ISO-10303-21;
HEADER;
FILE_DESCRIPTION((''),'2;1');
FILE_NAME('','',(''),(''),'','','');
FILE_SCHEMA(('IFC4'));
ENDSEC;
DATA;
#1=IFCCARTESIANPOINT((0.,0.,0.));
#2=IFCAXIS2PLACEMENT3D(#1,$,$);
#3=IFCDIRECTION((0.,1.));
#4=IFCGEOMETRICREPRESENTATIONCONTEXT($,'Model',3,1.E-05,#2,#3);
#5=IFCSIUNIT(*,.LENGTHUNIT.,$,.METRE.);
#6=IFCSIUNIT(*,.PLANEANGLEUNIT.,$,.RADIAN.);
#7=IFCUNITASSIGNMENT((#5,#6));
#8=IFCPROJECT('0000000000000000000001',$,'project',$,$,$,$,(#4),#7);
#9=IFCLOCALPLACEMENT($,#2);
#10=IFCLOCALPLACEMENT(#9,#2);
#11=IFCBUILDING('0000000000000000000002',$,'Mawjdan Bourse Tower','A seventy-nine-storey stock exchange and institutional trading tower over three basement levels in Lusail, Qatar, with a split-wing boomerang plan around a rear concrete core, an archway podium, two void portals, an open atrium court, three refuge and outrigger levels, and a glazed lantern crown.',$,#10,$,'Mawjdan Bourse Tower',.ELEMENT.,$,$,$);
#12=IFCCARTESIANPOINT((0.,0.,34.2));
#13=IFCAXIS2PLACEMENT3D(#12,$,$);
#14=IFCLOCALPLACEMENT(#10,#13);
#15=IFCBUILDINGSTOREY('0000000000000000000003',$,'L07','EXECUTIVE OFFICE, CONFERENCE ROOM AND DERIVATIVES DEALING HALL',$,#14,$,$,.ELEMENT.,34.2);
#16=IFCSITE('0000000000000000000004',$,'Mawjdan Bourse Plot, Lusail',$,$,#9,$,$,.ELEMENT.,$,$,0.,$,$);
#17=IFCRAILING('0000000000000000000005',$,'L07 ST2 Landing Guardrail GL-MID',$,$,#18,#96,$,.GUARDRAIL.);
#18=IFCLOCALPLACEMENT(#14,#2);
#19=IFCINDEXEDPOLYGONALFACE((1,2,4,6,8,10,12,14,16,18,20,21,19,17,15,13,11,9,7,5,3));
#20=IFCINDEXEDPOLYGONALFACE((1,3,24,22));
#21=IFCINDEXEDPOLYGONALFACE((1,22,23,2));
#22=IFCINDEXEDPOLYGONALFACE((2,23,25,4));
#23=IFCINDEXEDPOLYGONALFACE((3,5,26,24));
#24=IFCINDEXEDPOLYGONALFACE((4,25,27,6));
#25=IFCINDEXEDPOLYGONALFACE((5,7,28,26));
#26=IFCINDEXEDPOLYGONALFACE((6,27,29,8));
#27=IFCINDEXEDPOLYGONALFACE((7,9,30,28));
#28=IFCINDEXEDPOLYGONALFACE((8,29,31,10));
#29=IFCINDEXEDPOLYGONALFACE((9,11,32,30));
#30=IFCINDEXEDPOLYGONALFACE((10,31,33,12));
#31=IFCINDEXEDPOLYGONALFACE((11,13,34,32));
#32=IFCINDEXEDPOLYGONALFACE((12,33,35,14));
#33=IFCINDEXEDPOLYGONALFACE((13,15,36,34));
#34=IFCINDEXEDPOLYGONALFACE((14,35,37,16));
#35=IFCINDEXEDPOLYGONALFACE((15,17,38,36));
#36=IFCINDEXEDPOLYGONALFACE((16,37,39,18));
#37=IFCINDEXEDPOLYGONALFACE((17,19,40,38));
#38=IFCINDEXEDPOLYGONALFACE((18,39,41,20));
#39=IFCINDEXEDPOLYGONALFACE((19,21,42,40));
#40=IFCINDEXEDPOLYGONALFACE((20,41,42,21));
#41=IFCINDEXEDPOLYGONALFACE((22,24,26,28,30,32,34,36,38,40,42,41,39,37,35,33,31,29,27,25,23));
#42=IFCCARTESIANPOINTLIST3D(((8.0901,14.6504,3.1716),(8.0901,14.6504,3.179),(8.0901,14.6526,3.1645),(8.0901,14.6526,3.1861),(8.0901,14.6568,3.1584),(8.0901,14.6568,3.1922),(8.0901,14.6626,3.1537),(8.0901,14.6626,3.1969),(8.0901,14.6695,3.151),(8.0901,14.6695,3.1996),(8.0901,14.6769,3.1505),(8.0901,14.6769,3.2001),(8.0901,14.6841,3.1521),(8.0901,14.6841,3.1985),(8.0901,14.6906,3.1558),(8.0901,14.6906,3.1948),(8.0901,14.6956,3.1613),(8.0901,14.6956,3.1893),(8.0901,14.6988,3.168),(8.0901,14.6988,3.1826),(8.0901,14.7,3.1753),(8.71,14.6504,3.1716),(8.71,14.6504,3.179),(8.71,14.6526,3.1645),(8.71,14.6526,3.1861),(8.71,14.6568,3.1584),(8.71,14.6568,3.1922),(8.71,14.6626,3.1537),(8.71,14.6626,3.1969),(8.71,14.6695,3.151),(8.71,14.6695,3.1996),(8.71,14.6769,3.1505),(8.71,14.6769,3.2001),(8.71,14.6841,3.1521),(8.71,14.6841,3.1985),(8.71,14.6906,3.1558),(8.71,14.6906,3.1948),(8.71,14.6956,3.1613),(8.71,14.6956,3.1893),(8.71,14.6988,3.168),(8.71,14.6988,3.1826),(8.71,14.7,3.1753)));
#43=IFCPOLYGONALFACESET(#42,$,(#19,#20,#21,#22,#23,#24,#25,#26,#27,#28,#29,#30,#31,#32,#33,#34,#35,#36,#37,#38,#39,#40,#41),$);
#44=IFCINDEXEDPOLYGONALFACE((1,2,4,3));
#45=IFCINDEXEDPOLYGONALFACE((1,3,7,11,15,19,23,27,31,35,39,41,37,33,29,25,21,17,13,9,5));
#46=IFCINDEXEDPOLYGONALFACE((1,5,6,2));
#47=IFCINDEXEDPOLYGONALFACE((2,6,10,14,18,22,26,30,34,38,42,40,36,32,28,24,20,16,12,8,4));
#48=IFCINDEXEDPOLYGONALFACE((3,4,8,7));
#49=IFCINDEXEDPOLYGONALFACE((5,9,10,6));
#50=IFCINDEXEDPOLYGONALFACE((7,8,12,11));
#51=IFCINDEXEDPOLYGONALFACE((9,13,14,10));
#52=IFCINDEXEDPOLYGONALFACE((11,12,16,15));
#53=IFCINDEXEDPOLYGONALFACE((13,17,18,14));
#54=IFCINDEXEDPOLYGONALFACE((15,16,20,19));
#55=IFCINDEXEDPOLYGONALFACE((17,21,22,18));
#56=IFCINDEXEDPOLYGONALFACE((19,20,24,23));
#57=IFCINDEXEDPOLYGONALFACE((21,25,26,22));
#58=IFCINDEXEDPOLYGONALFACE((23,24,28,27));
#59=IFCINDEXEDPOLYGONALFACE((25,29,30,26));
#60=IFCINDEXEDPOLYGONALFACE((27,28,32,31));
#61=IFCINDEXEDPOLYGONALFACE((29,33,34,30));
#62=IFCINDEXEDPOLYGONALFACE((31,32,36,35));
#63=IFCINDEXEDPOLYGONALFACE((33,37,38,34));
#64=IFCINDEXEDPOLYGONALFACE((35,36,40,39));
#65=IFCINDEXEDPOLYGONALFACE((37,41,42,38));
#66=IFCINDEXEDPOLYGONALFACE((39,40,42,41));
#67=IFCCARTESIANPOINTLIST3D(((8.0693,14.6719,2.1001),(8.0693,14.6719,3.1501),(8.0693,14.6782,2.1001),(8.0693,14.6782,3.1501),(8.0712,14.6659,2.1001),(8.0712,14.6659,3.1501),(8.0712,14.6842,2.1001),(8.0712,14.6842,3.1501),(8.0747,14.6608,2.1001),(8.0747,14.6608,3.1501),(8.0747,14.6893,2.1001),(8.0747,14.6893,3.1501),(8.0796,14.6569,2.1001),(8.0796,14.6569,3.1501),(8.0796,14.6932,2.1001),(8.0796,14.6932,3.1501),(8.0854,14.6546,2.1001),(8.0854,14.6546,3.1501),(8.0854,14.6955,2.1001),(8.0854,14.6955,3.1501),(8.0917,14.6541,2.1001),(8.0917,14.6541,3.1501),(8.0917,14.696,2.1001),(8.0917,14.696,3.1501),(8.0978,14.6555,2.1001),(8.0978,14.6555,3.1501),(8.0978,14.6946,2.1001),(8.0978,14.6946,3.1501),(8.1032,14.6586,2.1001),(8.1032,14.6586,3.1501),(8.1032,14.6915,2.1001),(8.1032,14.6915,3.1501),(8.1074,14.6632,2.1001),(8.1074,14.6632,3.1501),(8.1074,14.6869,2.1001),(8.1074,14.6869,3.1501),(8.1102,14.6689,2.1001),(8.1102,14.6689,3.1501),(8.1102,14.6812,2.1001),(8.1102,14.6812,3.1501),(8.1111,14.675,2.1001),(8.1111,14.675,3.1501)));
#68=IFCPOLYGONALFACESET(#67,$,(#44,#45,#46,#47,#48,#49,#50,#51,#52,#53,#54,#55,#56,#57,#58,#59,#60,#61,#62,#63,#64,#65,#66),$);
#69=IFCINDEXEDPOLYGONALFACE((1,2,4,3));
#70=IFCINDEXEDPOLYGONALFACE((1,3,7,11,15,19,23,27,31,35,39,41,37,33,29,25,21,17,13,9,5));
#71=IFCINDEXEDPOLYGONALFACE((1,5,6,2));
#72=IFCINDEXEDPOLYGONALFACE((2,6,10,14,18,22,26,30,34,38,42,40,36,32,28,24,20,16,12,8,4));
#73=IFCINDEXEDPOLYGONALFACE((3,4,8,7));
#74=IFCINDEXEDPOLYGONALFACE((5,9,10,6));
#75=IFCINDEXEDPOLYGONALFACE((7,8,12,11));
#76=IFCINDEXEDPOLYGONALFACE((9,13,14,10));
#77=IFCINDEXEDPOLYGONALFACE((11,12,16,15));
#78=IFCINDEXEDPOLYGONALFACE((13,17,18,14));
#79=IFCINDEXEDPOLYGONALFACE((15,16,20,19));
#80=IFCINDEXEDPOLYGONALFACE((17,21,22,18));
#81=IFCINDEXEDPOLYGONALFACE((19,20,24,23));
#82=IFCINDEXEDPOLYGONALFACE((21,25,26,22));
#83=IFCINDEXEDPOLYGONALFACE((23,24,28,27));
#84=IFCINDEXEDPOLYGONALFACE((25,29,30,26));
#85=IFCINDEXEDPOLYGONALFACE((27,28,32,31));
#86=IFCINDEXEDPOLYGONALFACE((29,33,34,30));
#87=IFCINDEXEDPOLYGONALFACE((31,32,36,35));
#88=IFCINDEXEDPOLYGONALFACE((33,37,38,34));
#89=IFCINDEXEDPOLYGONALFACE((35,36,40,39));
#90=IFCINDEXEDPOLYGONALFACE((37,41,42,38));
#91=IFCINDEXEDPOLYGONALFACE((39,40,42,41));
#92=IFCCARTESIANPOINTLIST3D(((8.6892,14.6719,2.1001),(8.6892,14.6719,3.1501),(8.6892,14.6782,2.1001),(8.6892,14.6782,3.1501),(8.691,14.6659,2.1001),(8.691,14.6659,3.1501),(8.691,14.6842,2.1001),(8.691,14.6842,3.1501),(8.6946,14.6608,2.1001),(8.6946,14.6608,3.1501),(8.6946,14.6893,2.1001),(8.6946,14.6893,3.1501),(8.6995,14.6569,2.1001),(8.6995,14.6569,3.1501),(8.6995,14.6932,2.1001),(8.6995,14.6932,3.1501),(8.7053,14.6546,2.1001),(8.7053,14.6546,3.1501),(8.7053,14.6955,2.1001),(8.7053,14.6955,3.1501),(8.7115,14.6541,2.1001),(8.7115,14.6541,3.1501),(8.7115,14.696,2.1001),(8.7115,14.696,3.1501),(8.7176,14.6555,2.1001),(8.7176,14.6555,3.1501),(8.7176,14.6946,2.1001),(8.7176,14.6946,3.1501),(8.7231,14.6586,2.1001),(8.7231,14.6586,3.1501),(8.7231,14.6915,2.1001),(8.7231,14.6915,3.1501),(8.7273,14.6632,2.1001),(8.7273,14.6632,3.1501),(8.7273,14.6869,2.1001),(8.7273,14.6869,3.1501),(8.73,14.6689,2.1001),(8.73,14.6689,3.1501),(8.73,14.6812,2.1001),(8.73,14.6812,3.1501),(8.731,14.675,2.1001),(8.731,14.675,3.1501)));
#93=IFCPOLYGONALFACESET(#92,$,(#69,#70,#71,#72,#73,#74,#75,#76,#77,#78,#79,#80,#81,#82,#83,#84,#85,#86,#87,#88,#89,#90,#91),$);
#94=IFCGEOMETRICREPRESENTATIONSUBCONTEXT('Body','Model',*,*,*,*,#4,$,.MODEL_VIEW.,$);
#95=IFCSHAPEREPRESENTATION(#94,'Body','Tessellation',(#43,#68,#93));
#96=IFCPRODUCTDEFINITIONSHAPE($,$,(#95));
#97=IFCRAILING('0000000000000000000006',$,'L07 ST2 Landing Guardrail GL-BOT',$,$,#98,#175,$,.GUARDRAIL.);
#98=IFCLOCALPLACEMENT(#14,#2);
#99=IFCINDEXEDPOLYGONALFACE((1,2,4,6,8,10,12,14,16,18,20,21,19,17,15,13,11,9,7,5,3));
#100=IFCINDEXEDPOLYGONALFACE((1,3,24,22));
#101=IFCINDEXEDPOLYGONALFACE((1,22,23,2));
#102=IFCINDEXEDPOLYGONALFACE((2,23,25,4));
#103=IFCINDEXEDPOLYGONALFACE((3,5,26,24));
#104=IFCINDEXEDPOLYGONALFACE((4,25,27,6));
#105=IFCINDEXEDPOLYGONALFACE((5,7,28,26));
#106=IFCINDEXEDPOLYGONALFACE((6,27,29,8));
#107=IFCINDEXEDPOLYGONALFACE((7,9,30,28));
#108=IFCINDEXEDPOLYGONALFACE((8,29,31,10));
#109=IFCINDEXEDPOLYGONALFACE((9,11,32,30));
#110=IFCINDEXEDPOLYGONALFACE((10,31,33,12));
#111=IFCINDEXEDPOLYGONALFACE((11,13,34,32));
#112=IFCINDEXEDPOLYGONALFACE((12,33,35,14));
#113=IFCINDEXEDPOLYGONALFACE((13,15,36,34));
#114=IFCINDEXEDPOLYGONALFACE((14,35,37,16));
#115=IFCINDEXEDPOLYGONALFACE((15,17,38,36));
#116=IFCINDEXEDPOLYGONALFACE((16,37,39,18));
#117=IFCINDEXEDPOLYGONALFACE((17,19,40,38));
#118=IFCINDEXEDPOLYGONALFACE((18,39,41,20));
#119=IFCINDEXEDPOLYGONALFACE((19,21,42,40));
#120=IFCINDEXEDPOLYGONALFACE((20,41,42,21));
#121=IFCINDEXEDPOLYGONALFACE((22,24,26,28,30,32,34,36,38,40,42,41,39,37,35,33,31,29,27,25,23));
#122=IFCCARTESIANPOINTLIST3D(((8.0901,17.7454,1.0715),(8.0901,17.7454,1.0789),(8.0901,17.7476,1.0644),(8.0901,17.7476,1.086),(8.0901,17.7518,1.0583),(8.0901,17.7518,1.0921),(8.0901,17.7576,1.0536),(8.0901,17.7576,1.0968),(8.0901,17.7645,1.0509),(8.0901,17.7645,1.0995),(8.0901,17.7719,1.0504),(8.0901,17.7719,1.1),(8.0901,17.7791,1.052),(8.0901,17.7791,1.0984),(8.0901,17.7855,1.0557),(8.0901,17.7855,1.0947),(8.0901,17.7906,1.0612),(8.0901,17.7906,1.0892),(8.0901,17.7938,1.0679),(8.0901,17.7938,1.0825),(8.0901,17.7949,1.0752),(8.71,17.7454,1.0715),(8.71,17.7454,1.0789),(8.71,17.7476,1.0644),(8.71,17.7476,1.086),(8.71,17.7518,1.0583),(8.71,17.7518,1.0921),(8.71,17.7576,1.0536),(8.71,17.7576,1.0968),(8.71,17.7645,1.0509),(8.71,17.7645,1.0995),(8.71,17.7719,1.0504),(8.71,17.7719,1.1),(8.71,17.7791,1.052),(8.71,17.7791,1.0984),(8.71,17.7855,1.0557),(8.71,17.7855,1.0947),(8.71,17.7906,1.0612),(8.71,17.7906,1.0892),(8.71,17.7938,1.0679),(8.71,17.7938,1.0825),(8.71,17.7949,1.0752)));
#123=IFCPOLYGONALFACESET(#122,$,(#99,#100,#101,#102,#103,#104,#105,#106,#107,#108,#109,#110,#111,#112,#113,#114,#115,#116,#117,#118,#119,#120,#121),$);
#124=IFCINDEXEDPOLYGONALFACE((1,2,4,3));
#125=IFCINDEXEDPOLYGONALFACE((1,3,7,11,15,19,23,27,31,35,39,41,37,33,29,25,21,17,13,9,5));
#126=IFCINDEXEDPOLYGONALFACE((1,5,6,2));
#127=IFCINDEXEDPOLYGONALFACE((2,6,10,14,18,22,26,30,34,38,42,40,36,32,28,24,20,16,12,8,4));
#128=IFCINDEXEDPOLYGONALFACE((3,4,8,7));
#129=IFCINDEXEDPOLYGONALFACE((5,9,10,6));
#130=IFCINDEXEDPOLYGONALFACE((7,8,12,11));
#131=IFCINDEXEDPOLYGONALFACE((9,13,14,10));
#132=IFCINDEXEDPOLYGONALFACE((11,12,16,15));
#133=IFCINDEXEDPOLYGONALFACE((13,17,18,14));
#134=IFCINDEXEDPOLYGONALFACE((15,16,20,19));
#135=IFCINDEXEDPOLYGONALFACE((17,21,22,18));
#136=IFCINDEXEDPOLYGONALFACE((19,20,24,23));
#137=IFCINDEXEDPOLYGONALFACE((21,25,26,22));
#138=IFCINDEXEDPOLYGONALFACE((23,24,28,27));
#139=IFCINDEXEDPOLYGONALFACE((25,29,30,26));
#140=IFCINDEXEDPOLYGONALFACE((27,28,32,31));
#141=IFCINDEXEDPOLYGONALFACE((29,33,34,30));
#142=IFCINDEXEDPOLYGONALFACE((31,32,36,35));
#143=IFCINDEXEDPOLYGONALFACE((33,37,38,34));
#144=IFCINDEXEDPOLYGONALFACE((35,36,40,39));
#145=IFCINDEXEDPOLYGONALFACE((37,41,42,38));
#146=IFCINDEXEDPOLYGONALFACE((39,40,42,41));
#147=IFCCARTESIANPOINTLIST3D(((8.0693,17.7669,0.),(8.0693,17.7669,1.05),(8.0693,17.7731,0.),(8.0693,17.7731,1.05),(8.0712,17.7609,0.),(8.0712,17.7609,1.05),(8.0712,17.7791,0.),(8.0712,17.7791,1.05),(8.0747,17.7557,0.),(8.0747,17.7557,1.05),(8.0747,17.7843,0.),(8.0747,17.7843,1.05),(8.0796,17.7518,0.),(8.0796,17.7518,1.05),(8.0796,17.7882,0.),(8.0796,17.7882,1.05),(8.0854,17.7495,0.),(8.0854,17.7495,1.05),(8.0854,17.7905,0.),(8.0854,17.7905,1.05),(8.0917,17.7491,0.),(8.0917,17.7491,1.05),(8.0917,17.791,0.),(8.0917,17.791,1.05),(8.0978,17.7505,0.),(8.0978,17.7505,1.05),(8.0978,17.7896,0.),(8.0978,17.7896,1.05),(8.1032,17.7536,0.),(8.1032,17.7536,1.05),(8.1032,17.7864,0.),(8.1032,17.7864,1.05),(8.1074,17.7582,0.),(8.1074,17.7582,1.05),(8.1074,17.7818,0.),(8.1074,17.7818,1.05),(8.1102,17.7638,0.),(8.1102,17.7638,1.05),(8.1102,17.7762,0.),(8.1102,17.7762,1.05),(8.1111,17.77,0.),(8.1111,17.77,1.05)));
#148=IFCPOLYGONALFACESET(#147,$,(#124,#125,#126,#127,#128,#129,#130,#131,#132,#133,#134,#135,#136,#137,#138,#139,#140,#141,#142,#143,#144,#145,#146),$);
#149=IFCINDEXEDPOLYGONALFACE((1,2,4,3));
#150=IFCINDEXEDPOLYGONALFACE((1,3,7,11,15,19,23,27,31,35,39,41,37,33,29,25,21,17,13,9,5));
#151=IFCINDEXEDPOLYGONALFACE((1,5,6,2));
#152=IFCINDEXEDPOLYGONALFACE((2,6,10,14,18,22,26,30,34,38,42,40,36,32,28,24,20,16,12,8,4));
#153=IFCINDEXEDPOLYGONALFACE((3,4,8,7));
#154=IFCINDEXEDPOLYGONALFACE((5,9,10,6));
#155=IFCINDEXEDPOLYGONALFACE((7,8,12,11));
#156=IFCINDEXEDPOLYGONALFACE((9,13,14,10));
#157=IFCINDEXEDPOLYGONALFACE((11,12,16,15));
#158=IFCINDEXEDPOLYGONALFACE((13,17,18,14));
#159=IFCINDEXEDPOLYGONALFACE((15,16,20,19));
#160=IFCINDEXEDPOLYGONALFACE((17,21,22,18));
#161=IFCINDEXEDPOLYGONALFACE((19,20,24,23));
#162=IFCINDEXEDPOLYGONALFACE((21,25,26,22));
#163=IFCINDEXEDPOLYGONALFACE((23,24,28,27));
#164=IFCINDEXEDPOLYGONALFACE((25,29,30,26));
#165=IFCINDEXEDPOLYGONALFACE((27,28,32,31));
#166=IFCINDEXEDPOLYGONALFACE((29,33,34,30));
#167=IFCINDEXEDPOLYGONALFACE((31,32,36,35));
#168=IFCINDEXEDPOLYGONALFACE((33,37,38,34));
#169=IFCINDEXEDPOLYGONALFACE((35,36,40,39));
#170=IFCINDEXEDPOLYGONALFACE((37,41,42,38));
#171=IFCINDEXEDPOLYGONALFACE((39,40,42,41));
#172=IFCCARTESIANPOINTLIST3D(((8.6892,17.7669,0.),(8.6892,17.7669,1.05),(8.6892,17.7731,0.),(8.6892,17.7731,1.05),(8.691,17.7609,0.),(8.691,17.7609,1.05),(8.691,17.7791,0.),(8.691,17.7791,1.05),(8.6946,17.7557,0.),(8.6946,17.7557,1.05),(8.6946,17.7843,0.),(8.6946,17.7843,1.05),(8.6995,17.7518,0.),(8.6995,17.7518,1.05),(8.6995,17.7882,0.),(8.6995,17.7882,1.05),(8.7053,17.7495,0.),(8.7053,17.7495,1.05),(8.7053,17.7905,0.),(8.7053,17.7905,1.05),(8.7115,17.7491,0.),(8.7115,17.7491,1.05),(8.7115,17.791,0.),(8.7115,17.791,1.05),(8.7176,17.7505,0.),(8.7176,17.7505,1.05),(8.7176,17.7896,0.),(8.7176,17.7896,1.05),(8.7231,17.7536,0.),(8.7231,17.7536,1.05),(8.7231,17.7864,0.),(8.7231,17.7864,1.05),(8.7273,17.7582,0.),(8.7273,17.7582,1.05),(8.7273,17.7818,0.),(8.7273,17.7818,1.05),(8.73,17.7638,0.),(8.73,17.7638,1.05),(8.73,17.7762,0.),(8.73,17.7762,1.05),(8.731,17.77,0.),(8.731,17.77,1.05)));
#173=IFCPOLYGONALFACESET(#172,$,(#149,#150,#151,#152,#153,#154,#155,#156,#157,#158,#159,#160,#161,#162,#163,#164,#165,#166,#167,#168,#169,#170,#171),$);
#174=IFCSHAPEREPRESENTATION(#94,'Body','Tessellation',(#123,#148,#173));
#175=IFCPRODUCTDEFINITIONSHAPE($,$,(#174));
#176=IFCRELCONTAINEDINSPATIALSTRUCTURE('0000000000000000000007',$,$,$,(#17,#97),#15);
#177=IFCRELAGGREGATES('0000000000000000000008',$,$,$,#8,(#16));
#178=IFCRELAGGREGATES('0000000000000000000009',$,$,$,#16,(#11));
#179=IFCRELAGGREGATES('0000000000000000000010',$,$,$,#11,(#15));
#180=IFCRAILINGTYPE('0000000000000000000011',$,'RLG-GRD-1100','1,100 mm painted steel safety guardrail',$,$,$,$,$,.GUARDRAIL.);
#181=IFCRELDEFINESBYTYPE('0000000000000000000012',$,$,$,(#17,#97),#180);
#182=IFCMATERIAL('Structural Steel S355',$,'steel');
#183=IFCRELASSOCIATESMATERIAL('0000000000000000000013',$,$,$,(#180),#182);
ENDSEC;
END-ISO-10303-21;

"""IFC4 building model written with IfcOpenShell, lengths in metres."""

from ifc_helpers import new_model, si_unit, direction, frame, origin, origin_2d, place, context, subcontext, project, spatial, circle, extrude, material, type_object, element, save


model = new_model("IFC4")

# Units and contexts
model_context = context("Model", 3, precision=1e-05, world=origin(), true_north=direction((0.0, 1.0)))
body_context = subcontext(model_context, "Body", "Model", "MODEL_VIEW")
ifc_project = project(units=[si_unit("LENGTHUNIT", "METRE"), si_unit("PLANEANGLEUNIT", "RADIAN")], contexts=[model_context])

# Site, building, storey
site_placement = place(None, origin())
site = spatial("IfcSite", under=ifc_project, at=site_placement, Name="Mawjdan Bourse Plot, Lusail", CompositionType="ELEMENT", RefElevation=0.0)
building_placement = place(site_placement, origin())
building = spatial("IfcBuilding", under=site, at=building_placement, Name="Mawjdan Bourse Tower", Description="A seventy-nine-storey stock exchange and institutional trading tower over three basement levels in Lusail, Qatar, with a split-wing boomerang plan around a rear concrete core, an archway podium, two void portals, an open atrium court, three refuge and outrigger levels, and a glazed lantern crown.", LongName="Mawjdan Bourse Tower", CompositionType="ELEMENT")
storey_placement = place(building_placement, frame((0.0, 0.0, 34.2)))
storey = spatial("IfcBuildingStorey", under=building, at=storey_placement, Name="L07", Description="EXECUTIVE OFFICE, CONFERENCE ROOM AND DERIVATIVES DEALING HALL", CompositionType="ELEMENT", Elevation=34.2)

# Railings
ifc_material_1 = material(Name="Structural Steel S355", Category="steel")
railing_type_1 = type_object("IfcRailingType", Name="RLG-GRD-1100", Description="1,100 mm painted steel safety guardrail", PredefinedType="GUARDRAIL", material=ifc_material_1)
for number, where, name in (
    (1, (8.0901, 14.675, 2.1001), "L07 ST2 Landing Guardrail GL-MID"),
    (2, (8.0901, 17.77, 0.0), "L07 ST2 Landing Guardrail GL-BOT"),
):
    element("IfcRailing", number, at=place(storey_placement, frame(where)), inside=storey, type_object=railing_type_1, Name=name, PredefinedType="GUARDRAIL", context=body_context, shape_type="SweptSolid", body=[
        extrude(circle(Radius=0.0249, at=origin_2d()), frame((0.0, 0.0, 1.0752), z_axis=(1.0, 0.0, 0.0), x_axis=(0.0, 1.0, 0.0)), (0.0, 0.0, 1.0), 0.6199),
        extrude(circle(Radius=0.021, at=origin_2d()), origin(), (0.0, 0.0, 1.0), 1.05),
        extrude(circle(Radius=0.021, at=origin_2d()), frame((0.6199, 0.0, 0.0)), (0.0, 0.0, 1.0), 1.05),
    ])

save(model, "model.ifc")
